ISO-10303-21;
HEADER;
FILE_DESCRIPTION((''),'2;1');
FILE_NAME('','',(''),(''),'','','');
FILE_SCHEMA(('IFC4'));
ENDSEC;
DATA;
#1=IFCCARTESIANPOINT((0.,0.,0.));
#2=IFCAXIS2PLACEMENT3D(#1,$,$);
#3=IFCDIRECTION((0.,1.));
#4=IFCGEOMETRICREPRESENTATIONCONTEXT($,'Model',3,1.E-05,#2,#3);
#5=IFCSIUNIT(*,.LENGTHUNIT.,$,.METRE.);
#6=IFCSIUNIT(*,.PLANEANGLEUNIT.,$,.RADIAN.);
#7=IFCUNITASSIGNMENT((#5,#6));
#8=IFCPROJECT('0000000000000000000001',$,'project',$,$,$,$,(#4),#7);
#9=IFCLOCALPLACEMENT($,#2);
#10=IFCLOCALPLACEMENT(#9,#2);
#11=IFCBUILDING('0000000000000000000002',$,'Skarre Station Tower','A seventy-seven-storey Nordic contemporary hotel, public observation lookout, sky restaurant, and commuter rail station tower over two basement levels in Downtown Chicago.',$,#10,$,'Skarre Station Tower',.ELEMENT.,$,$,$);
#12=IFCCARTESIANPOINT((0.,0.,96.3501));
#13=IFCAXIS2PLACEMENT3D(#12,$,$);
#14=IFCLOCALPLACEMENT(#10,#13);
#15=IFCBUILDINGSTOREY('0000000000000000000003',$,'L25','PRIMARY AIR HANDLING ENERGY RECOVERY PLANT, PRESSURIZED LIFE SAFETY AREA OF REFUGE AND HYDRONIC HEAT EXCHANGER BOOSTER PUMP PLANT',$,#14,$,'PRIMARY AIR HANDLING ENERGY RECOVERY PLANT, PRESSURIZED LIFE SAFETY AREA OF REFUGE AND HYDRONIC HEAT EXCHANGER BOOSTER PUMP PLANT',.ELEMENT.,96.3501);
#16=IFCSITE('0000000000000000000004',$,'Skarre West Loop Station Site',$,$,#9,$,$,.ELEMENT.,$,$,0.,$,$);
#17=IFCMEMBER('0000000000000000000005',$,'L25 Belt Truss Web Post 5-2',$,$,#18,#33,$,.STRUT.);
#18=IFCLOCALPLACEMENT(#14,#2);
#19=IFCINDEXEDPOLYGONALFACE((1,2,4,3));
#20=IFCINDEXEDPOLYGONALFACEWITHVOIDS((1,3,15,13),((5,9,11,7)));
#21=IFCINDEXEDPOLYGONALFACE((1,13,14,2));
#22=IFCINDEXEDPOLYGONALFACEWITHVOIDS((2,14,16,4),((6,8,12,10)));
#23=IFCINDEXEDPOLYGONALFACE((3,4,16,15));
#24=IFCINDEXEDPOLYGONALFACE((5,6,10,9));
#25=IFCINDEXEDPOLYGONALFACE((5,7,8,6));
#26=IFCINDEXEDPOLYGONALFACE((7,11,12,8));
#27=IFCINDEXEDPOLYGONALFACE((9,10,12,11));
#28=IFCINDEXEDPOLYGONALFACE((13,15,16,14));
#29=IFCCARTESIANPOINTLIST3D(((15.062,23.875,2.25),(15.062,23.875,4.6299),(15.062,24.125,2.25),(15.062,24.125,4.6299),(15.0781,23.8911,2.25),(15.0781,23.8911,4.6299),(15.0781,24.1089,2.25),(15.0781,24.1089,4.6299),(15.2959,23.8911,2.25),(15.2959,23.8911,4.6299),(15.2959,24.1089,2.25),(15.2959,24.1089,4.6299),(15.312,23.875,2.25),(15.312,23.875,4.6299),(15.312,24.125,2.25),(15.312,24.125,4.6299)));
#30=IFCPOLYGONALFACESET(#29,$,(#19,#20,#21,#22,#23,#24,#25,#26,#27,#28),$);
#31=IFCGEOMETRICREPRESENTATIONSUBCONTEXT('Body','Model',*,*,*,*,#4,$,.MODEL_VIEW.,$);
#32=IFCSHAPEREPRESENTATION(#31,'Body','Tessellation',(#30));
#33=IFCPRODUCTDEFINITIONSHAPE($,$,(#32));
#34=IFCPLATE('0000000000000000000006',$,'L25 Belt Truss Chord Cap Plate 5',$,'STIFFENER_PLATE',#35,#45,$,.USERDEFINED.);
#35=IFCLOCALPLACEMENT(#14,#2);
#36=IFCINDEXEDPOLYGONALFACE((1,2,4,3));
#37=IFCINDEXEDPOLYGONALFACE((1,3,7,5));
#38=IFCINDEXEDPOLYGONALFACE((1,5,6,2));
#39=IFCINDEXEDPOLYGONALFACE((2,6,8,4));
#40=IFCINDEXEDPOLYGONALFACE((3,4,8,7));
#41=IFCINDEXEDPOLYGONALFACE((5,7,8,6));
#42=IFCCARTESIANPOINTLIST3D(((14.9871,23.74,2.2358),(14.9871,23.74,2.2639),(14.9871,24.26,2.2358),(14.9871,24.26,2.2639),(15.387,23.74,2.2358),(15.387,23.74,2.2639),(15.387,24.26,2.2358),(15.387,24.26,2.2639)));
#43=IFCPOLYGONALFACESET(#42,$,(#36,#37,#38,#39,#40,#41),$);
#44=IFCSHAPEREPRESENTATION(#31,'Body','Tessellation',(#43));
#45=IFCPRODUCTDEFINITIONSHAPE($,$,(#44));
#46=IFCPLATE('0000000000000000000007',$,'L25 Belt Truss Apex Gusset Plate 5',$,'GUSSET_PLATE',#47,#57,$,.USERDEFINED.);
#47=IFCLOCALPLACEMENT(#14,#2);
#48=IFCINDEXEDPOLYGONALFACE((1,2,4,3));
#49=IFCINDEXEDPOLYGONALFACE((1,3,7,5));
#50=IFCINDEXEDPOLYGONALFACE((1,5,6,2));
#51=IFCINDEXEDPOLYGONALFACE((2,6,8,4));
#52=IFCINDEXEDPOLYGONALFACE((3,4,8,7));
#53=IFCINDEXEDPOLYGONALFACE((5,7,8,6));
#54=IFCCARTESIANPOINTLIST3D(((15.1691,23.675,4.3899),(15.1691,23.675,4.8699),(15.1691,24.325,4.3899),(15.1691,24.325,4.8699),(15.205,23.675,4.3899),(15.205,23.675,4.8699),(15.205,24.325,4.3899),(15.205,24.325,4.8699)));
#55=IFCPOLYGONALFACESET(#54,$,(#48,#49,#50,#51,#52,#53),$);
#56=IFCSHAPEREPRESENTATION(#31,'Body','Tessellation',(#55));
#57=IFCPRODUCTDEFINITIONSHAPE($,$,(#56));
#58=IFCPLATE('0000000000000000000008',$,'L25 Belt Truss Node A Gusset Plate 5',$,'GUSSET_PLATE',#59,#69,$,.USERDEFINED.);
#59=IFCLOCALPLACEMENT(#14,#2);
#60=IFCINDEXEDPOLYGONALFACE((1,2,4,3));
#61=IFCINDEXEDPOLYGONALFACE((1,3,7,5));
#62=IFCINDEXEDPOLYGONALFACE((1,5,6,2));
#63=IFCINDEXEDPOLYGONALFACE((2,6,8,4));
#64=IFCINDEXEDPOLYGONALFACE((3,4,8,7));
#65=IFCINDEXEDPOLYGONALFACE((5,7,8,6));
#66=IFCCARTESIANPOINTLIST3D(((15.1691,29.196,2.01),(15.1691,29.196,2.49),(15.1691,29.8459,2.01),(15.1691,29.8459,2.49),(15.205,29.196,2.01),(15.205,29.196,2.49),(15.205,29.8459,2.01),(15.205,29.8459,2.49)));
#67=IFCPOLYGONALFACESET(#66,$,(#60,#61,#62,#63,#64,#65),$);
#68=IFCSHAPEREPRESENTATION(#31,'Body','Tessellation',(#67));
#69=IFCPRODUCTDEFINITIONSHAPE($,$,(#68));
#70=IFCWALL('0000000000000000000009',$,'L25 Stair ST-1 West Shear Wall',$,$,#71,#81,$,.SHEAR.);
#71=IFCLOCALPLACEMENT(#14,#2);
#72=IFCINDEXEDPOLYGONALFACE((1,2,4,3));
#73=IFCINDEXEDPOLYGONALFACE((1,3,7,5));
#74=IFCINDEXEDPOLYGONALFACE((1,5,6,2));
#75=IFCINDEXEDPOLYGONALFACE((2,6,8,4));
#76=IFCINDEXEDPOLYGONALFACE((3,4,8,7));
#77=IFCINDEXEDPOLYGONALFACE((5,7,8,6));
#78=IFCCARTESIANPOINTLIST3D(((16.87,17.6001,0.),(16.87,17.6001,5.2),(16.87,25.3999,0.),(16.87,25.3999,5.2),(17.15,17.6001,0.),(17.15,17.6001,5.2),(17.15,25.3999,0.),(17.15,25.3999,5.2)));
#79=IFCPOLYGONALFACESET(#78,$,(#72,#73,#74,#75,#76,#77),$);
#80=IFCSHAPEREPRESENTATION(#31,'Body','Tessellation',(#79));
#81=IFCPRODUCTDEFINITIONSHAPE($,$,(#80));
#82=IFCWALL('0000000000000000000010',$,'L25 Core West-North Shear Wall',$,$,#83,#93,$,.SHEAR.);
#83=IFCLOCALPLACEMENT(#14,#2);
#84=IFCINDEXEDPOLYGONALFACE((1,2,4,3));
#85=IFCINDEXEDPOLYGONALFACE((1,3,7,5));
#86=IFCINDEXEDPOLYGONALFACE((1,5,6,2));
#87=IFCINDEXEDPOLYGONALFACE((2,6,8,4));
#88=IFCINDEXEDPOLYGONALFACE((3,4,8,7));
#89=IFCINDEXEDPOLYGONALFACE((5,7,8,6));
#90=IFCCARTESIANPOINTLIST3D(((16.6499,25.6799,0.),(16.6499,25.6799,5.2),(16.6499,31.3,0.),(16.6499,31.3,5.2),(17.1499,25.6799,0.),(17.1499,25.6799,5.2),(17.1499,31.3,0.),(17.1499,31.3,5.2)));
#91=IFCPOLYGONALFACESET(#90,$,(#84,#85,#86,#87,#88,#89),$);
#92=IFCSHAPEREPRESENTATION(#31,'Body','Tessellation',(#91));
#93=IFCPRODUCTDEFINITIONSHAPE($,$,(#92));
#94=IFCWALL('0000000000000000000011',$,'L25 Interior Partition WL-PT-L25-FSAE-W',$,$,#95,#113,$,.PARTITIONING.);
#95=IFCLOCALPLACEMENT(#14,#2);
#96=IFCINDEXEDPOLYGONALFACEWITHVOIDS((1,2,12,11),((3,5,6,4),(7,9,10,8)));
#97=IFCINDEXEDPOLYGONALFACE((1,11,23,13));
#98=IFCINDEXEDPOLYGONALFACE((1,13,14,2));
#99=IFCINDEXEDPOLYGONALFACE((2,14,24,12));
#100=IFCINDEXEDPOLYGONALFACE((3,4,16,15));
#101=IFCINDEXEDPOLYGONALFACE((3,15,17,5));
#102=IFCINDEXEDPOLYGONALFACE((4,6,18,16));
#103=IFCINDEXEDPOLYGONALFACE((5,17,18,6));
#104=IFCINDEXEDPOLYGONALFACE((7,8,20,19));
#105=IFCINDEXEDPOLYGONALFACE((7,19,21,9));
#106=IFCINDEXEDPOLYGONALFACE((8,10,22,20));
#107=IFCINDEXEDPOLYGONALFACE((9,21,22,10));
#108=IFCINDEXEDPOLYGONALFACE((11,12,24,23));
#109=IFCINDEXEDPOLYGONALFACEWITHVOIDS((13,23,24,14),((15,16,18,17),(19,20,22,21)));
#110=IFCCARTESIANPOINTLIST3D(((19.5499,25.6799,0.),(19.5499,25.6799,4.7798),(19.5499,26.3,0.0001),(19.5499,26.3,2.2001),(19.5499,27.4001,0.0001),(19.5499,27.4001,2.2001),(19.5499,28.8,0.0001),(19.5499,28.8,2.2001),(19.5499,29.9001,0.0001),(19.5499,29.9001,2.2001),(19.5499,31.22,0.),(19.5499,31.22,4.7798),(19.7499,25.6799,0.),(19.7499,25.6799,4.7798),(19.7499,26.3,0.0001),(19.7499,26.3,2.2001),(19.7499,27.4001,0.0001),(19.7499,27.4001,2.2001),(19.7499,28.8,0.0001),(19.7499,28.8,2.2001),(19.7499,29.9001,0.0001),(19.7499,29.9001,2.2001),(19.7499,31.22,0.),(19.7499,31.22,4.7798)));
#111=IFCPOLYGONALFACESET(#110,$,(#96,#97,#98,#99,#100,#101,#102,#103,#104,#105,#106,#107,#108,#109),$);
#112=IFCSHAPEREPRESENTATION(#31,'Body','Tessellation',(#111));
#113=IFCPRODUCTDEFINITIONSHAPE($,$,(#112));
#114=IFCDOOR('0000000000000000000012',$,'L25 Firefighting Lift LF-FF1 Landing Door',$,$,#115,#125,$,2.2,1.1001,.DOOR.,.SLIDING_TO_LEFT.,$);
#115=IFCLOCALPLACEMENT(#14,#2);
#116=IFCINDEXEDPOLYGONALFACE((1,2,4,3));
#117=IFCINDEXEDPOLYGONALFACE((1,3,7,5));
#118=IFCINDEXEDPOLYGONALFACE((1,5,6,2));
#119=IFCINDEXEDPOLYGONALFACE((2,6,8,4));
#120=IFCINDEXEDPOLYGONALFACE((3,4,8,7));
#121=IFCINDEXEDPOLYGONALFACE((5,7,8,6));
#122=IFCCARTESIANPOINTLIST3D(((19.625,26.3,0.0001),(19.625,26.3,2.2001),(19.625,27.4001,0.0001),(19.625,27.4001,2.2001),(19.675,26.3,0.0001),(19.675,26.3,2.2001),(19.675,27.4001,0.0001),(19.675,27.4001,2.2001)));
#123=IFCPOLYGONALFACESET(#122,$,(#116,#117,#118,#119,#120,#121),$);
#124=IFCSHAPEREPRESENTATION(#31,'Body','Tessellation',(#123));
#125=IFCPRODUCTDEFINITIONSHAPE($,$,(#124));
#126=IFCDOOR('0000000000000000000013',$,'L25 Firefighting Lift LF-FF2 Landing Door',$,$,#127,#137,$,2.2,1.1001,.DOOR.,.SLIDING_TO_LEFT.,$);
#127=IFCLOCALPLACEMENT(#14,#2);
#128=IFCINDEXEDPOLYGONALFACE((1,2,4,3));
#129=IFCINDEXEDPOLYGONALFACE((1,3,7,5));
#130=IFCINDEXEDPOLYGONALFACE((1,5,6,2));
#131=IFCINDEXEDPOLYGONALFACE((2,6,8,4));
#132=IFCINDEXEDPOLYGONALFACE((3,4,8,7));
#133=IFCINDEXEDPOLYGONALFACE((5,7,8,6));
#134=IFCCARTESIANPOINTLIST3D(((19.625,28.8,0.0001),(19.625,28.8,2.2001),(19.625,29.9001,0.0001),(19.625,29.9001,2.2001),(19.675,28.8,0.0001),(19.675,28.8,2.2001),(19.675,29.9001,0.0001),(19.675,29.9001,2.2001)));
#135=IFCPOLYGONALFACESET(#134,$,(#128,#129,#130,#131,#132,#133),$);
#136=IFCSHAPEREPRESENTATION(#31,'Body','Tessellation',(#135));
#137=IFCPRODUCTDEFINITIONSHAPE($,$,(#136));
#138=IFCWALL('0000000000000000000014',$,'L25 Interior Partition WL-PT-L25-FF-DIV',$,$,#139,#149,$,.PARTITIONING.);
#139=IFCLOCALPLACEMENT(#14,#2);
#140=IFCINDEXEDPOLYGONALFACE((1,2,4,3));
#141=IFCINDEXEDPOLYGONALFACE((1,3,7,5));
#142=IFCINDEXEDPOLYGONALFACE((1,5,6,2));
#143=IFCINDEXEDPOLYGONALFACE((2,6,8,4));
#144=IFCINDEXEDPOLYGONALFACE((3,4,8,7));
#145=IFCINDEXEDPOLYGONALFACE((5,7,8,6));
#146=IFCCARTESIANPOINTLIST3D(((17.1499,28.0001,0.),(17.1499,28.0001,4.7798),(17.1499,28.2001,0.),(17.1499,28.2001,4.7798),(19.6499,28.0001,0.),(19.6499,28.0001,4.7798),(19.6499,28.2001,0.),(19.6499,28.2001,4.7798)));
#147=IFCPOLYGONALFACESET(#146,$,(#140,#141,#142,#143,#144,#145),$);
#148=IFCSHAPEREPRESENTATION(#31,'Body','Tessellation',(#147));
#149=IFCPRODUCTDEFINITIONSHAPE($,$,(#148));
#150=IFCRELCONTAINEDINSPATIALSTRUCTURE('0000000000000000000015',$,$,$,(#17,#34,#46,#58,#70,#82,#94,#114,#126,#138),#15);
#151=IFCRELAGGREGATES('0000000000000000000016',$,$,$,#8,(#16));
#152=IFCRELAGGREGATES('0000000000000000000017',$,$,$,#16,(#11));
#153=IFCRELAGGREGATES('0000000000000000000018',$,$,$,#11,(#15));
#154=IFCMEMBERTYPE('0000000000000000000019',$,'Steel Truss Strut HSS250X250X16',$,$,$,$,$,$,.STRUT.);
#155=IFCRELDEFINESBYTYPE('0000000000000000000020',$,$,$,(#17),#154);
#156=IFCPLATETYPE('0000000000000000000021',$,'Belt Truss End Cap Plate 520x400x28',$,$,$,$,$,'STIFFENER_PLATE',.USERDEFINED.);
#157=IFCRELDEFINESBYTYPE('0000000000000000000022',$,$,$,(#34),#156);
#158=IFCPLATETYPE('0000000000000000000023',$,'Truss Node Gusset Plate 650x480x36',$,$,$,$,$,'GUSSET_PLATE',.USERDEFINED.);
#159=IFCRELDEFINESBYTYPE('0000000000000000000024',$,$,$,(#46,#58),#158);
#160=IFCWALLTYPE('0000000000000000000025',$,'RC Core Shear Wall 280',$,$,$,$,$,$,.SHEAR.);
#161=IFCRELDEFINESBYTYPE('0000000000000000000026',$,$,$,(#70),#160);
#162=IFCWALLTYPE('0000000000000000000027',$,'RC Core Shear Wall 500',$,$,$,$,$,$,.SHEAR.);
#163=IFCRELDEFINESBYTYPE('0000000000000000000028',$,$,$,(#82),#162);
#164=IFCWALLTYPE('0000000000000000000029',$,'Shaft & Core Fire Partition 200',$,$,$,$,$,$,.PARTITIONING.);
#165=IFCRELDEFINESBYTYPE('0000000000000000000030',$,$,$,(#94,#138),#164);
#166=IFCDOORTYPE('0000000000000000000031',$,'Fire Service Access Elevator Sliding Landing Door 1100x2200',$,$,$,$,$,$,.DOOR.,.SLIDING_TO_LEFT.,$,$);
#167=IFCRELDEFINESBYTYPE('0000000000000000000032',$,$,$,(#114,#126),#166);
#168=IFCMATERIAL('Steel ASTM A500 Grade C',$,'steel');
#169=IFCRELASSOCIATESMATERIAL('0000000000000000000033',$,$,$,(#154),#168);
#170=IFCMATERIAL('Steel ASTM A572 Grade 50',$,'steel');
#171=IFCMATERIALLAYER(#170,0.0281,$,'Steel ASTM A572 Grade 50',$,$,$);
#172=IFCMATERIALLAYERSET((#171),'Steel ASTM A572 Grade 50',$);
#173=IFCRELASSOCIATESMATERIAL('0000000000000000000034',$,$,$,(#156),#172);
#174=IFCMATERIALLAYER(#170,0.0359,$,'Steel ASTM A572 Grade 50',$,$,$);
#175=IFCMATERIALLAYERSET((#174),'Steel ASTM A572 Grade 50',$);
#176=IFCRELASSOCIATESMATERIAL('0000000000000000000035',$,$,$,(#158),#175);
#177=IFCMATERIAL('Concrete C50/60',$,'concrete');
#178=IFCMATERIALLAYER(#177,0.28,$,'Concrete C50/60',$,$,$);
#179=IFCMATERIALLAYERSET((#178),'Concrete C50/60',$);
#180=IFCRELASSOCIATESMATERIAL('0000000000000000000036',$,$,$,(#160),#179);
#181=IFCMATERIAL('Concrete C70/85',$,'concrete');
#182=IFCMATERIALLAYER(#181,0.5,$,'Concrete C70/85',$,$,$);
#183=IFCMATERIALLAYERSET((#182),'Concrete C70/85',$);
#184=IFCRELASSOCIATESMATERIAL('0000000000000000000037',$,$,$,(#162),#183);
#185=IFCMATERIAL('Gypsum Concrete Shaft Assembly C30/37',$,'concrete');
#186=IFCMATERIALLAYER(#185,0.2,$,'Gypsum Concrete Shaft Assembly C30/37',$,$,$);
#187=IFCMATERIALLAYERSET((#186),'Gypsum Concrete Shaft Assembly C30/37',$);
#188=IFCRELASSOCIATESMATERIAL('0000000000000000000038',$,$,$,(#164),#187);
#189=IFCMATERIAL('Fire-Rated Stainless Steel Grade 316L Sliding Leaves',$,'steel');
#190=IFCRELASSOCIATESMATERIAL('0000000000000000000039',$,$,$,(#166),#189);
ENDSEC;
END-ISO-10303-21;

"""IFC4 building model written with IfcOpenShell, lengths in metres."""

from ifc_helpers import new_model, si_unit, direction, frame, frame_2d, origin, origin_2d, place, context, subcontext, project, spatial, rectangle, hollow_rectangle, extrude, material, layer, layer_set, material_profile, profile_set, type_object, element, fill, save


model = new_model("IFC4")

# Units and contexts
model_context = context("Model", 3, precision=1e-05, world=origin(), true_north=direction((0.0, 1.0)))
body_context = subcontext(model_context, "Body", "Model", "MODEL_VIEW")
ifc_project = project(units=[si_unit("LENGTHUNIT", "METRE"), si_unit("PLANEANGLEUNIT", "RADIAN")], contexts=[model_context])

# Site, building, storey
site_placement = place(None, origin())
site = spatial("IfcSite", under=ifc_project, at=site_placement, Name="Skarre West Loop Station Site", CompositionType="ELEMENT", RefElevation=0.0)
building_placement = place(site_placement, origin())
building = spatial("IfcBuilding", under=site, at=building_placement, Name="Skarre Station Tower", Description="A seventy-seven-storey Nordic contemporary hotel, public observation lookout, sky restaurant, and commuter rail station tower over two basement levels in Downtown Chicago.", LongName="Skarre Station Tower", CompositionType="ELEMENT")
storey_placement = place(building_placement, frame((0.0, 0.0, 96.3501)))
storey = spatial("IfcBuildingStorey", under=building, at=storey_placement, Name="L25", Description="PRIMARY AIR HANDLING ENERGY RECOVERY PLANT, PRESSURIZED LIFE SAFETY AREA OF REFUGE AND HYDRONIC HEAT EXCHANGER BOOSTER PUMP PLANT", LongName="PRIMARY AIR HANDLING ENERGY RECOVERY PLANT, PRESSURIZED LIFE SAFETY AREA OF REFUGE AND HYDRONIC HEAT EXCHANGER BOOSTER PUMP PLANT", CompositionType="ELEMENT", Elevation=96.3501)

# Shared definitions
ifc_material_1 = material(Name="Concrete C70/85", Category="concrete")

# Member
ifc_material_2 = material(Name="Steel ASTM A500 Grade C", Category="steel")
ifc_material_profile_1 = material_profile(ifc_material_2, hollow_rectangle(XDim=0.25, YDim=0.25, WallThickness=0.0161, at=origin_2d()), Name="Steel ASTM A500 Grade C")
ifc_profile_set_1 = profile_set([ifc_material_profile_1], Name="Steel ASTM A500 Grade C")
member_type_1 = type_object("IfcMemberType", Name="Steel Truss Strut HSS250X250X16", PredefinedType="STRUT", material=ifc_profile_set_1)
for number, where, z_axis, x_axis, name in (
    (1, (15.187, 24.0, 2.25), (0.0, 0.0, 1.0), (1.0, 0.0, 0.0), "L25 Belt Truss Web Post 5-2"),
):
    element("IfcMember", number, at=place(storey_placement, frame(where, z_axis=z_axis, x_axis=x_axis)), inside=storey, type_object=member_type_1, Name=name, PredefinedType="STRUT", context=body_context, shape_type="SweptSolid", body=[
        extrude(hollow_rectangle(XDim=0.25, YDim=0.25, WallThickness=0.0161, at=origin_2d()), origin(), (0.0, 0.0, 1.0), 2.3799),
    ])

# Plates
ifc_material_3 = material(Name="Steel ASTM A572 Grade 50", Category="steel")
ifc_layer_1 = layer(ifc_material_3, 0.0281, Name="Steel ASTM A572 Grade 50")
ifc_layer_set_1 = layer_set([ifc_layer_1], Name="Steel ASTM A572 Grade 50")
plate_type_1 = type_object("IfcPlateType", Name="Belt Truss End Cap Plate 520x400x28", ElementType="STIFFENER_PLATE", PredefinedType="USERDEFINED", material=ifc_layer_set_1)
plate_placement = place(storey_placement, frame((15.187, 24.0, 2.2358), z_axis=(0.0, 0.0, 1.0), x_axis=(0.0, -1.0, 0.0)))
element("IfcPlate", 2, at=plate_placement, inside=storey, type_object=plate_type_1, Name="L25 Belt Truss Chord Cap Plate 5", ObjectType="STIFFENER_PLATE", PredefinedType="USERDEFINED", context=body_context, shape_type="SweptSolid", body=[
    extrude(rectangle(XDim=0.52, YDim=0.3999, at=origin_2d()), origin(), (0.0, 0.0, 1.0), 0.0281),
])
ifc_layer_2 = layer(ifc_material_3, 0.0359, Name="Steel ASTM A572 Grade 50")
ifc_layer_set_2 = layer_set([ifc_layer_2], Name="Steel ASTM A572 Grade 50")
plate_type_2 = type_object("IfcPlateType", Name="Truss Node Gusset Plate 650x480x36", ElementType="GUSSET_PLATE", PredefinedType="USERDEFINED", material=ifc_layer_set_2)
for number, where, z_axis, x_axis, name in (
    (3, (15.187, 24.0, 4.3899), (0.0, 0.0, 1.0), (0.0, -1.0, 0.0), "L25 Belt Truss Apex Gusset Plate 5"),
    (4, (15.187, 29.521, 2.01), (0.0, 0.0, 1.0), (0.0, -1.0, 0.0), "L25 Belt Truss Node A Gusset Plate 5"),
):
    element("IfcPlate", number, at=place(storey_placement, frame(where, z_axis=z_axis, x_axis=x_axis)), inside=storey, type_object=plate_type_2, Name=name, ObjectType="GUSSET_PLATE", PredefinedType="USERDEFINED", context=body_context, shape_type="SweptSolid", body=[
        extrude(rectangle(XDim=0.6499, YDim=0.0359, at=origin_2d()), origin(), (0.0, 0.0, 1.0), 0.48),
    ])

# Walls
ifc_material_4 = material(Name="Concrete C50/60", Category="concrete")
ifc_layer_3 = layer(ifc_material_4, 0.28, Name="Concrete C50/60")
ifc_layer_set_3 = layer_set([ifc_layer_3], Name="Concrete C50/60")
wall_type_1 = type_object("IfcWallType", Name="RC Core Shear Wall 280", PredefinedType="SHEAR", material=ifc_layer_set_3)
wall_1_placement = place(storey_placement, frame((17.01, 25.3999, 0.0), z_axis=(0.0, 0.0, 1.0), x_axis=(0.0, -1.0, 0.0)))
element("IfcWall", 5, at=wall_1_placement, inside=storey, type_object=wall_type_1, Name="L25 Stair ST-1 West Shear Wall", PredefinedType="SHEAR", context=body_context, shape_type="SweptSolid", body=[
    extrude(rectangle(XDim=7.7998, YDim=0.28, at=frame_2d((3.8999, 0.0))), origin(), (0.0, 0.0, 1.0), 5.2),
])
ifc_layer_4 = layer(ifc_material_1, 0.5, Name="Concrete C70/85")
ifc_layer_set_4 = layer_set([ifc_layer_4], Name="Concrete C70/85")
wall_type_2 = type_object("IfcWallType", Name="RC Core Shear Wall 500", PredefinedType="SHEAR", material=ifc_layer_set_4)
wall_2_placement = place(storey_placement, frame((16.8999, 25.6799, 0.0), z_axis=(0.0, 0.0, 1.0), x_axis=(0.0, 1.0, 0.0)))
element("IfcWall", 6, at=wall_2_placement, inside=storey, type_object=wall_type_2, Name="L25 Core West-North Shear Wall", PredefinedType="SHEAR", context=body_context, shape_type="SweptSolid", body=[
    extrude(rectangle(XDim=5.6201, YDim=0.5, at=frame_2d((2.8101, 0.0))), origin(), (0.0, 0.0, 1.0), 5.2),
])

# Wall, openings, doors
ifc_material_5 = material(Name="Gypsum Concrete Shaft Assembly C30/37", Category="concrete")
ifc_layer_5 = layer(ifc_material_5, 0.2, Name="Gypsum Concrete Shaft Assembly C30/37")
ifc_layer_set_5 = layer_set([ifc_layer_5], Name="Gypsum Concrete Shaft Assembly C30/37")
wall_type_3 = type_object("IfcWallType", Name="Shaft & Core Fire Partition 200", PredefinedType="PARTITIONING", material=ifc_layer_set_5)
wall_3_placement = place(storey_placement, frame((19.6499, 25.6799, 0.0), z_axis=(0.0, 0.0, 1.0), x_axis=(0.0, 1.0, 0.0)))
wall_3 = element("IfcWall", 7, at=wall_3_placement, inside=storey, type_object=wall_type_3, Name="L25 Interior Partition WL-PT-L25-FSAE-W", PredefinedType="PARTITIONING", context=body_context, shape_type="SweptSolid", body=[
    extrude(rectangle(XDim=5.54, YDim=0.2, at=frame_2d((2.77, 0.0))), origin(), (0.0, 0.0, 1.0), 4.7798),
])
opening_1_placement = place(wall_3_placement, frame((0.6201, 0.0, 0.0)))
opening_1 = element("IfcOpeningElement", 8, at=opening_1_placement, cuts=wall_3, PredefinedType="OPENING", context=body_context, shape_type="SweptSolid", body=[
    extrude(rectangle(XDim=1.1001, YDim=2.2, at=frame_2d((0.55, 1.1001))), frame((0.0, 0.1099, 0.0), z_axis=(0.0, -1.0, 0.0), x_axis=(1.0, 0.0, 0.0)), (0.0, 0.0, 1.0), 0.22),
])
opening_2_placement = place(wall_3_placement, frame((3.1201, 0.0, 0.0)))
opening_2 = element("IfcOpeningElement", 9, at=opening_2_placement, cuts=wall_3, PredefinedType="OPENING", context=body_context, shape_type="SweptSolid", body=[
    extrude(rectangle(XDim=1.1001, YDim=2.2, at=frame_2d((0.55, 1.1001))), frame((0.0, 0.1099, 0.0), z_axis=(0.0, -1.0, 0.0), x_axis=(1.0, 0.0, 0.0)), (0.0, 0.0, 1.0), 0.22),
])
ifc_material_6 = material(Name="Fire-Rated Stainless Steel Grade 316L Sliding Leaves", Category="steel")
door_type = type_object("IfcDoorType", Name="Fire Service Access Elevator Sliding Landing Door 1100x2200", OperationType="SLIDING_TO_LEFT", PredefinedType="DOOR", material=ifc_material_6)
door_1_placement = place(opening_1_placement, origin())
door_1 = element("IfcDoor", 10, at=door_1_placement, inside=storey, type_object=door_type, Name="L25 Firefighting Lift LF-FF1 Landing Door", OperationType="SLIDING_TO_LEFT", OverallHeight=2.2, OverallWidth=1.1001, PredefinedType="DOOR", context=body_context, shape_type="SweptSolid", body=[
    extrude(rectangle(XDim=1.1001, YDim=2.2, at=frame_2d((0.55, 1.1001))), frame((0.0, 0.0249, 0.0), z_axis=(0.0, -1.0, 0.0), x_axis=(1.0, 0.0, 0.0)), (0.0, 0.0, 1.0), 0.05),
])
fill(opening_1, door_1)
door_2_placement = place(opening_2_placement, origin())
door_2 = element("IfcDoor", 11, at=door_2_placement, inside=storey, type_object=door_type, Name="L25 Firefighting Lift LF-FF2 Landing Door", OperationType="SLIDING_TO_LEFT", OverallHeight=2.2, OverallWidth=1.1001, PredefinedType="DOOR", context=body_context, shape_type="SweptSolid", body=[
    extrude(rectangle(XDim=1.1001, YDim=2.2, at=frame_2d((0.55, 1.1001))), frame((0.0, 0.0249, 0.0), z_axis=(0.0, -1.0, 0.0), x_axis=(1.0, 0.0, 0.0)), (0.0, 0.0, 1.0), 0.05),
])
fill(opening_2, door_2)

# Wall
wall_4_placement = place(storey_placement, frame((17.1499, 28.1001, 0.0), z_axis=(0.0, 0.0, 1.0), x_axis=(1.0, 0.0, 0.0)))
element("IfcWall", 12, at=wall_4_placement, inside=storey, type_object=wall_type_3, Name="L25 Interior Partition WL-PT-L25-FF-DIV", PredefinedType="PARTITIONING", context=body_context, shape_type="SweptSolid", body=[
    extrude(rectangle(XDim=2.5, YDim=0.2, at=frame_2d((1.25, 0.0))), origin(), (0.0, 0.0, 1.0), 4.7798),
])

save(model, "model.ifc")
